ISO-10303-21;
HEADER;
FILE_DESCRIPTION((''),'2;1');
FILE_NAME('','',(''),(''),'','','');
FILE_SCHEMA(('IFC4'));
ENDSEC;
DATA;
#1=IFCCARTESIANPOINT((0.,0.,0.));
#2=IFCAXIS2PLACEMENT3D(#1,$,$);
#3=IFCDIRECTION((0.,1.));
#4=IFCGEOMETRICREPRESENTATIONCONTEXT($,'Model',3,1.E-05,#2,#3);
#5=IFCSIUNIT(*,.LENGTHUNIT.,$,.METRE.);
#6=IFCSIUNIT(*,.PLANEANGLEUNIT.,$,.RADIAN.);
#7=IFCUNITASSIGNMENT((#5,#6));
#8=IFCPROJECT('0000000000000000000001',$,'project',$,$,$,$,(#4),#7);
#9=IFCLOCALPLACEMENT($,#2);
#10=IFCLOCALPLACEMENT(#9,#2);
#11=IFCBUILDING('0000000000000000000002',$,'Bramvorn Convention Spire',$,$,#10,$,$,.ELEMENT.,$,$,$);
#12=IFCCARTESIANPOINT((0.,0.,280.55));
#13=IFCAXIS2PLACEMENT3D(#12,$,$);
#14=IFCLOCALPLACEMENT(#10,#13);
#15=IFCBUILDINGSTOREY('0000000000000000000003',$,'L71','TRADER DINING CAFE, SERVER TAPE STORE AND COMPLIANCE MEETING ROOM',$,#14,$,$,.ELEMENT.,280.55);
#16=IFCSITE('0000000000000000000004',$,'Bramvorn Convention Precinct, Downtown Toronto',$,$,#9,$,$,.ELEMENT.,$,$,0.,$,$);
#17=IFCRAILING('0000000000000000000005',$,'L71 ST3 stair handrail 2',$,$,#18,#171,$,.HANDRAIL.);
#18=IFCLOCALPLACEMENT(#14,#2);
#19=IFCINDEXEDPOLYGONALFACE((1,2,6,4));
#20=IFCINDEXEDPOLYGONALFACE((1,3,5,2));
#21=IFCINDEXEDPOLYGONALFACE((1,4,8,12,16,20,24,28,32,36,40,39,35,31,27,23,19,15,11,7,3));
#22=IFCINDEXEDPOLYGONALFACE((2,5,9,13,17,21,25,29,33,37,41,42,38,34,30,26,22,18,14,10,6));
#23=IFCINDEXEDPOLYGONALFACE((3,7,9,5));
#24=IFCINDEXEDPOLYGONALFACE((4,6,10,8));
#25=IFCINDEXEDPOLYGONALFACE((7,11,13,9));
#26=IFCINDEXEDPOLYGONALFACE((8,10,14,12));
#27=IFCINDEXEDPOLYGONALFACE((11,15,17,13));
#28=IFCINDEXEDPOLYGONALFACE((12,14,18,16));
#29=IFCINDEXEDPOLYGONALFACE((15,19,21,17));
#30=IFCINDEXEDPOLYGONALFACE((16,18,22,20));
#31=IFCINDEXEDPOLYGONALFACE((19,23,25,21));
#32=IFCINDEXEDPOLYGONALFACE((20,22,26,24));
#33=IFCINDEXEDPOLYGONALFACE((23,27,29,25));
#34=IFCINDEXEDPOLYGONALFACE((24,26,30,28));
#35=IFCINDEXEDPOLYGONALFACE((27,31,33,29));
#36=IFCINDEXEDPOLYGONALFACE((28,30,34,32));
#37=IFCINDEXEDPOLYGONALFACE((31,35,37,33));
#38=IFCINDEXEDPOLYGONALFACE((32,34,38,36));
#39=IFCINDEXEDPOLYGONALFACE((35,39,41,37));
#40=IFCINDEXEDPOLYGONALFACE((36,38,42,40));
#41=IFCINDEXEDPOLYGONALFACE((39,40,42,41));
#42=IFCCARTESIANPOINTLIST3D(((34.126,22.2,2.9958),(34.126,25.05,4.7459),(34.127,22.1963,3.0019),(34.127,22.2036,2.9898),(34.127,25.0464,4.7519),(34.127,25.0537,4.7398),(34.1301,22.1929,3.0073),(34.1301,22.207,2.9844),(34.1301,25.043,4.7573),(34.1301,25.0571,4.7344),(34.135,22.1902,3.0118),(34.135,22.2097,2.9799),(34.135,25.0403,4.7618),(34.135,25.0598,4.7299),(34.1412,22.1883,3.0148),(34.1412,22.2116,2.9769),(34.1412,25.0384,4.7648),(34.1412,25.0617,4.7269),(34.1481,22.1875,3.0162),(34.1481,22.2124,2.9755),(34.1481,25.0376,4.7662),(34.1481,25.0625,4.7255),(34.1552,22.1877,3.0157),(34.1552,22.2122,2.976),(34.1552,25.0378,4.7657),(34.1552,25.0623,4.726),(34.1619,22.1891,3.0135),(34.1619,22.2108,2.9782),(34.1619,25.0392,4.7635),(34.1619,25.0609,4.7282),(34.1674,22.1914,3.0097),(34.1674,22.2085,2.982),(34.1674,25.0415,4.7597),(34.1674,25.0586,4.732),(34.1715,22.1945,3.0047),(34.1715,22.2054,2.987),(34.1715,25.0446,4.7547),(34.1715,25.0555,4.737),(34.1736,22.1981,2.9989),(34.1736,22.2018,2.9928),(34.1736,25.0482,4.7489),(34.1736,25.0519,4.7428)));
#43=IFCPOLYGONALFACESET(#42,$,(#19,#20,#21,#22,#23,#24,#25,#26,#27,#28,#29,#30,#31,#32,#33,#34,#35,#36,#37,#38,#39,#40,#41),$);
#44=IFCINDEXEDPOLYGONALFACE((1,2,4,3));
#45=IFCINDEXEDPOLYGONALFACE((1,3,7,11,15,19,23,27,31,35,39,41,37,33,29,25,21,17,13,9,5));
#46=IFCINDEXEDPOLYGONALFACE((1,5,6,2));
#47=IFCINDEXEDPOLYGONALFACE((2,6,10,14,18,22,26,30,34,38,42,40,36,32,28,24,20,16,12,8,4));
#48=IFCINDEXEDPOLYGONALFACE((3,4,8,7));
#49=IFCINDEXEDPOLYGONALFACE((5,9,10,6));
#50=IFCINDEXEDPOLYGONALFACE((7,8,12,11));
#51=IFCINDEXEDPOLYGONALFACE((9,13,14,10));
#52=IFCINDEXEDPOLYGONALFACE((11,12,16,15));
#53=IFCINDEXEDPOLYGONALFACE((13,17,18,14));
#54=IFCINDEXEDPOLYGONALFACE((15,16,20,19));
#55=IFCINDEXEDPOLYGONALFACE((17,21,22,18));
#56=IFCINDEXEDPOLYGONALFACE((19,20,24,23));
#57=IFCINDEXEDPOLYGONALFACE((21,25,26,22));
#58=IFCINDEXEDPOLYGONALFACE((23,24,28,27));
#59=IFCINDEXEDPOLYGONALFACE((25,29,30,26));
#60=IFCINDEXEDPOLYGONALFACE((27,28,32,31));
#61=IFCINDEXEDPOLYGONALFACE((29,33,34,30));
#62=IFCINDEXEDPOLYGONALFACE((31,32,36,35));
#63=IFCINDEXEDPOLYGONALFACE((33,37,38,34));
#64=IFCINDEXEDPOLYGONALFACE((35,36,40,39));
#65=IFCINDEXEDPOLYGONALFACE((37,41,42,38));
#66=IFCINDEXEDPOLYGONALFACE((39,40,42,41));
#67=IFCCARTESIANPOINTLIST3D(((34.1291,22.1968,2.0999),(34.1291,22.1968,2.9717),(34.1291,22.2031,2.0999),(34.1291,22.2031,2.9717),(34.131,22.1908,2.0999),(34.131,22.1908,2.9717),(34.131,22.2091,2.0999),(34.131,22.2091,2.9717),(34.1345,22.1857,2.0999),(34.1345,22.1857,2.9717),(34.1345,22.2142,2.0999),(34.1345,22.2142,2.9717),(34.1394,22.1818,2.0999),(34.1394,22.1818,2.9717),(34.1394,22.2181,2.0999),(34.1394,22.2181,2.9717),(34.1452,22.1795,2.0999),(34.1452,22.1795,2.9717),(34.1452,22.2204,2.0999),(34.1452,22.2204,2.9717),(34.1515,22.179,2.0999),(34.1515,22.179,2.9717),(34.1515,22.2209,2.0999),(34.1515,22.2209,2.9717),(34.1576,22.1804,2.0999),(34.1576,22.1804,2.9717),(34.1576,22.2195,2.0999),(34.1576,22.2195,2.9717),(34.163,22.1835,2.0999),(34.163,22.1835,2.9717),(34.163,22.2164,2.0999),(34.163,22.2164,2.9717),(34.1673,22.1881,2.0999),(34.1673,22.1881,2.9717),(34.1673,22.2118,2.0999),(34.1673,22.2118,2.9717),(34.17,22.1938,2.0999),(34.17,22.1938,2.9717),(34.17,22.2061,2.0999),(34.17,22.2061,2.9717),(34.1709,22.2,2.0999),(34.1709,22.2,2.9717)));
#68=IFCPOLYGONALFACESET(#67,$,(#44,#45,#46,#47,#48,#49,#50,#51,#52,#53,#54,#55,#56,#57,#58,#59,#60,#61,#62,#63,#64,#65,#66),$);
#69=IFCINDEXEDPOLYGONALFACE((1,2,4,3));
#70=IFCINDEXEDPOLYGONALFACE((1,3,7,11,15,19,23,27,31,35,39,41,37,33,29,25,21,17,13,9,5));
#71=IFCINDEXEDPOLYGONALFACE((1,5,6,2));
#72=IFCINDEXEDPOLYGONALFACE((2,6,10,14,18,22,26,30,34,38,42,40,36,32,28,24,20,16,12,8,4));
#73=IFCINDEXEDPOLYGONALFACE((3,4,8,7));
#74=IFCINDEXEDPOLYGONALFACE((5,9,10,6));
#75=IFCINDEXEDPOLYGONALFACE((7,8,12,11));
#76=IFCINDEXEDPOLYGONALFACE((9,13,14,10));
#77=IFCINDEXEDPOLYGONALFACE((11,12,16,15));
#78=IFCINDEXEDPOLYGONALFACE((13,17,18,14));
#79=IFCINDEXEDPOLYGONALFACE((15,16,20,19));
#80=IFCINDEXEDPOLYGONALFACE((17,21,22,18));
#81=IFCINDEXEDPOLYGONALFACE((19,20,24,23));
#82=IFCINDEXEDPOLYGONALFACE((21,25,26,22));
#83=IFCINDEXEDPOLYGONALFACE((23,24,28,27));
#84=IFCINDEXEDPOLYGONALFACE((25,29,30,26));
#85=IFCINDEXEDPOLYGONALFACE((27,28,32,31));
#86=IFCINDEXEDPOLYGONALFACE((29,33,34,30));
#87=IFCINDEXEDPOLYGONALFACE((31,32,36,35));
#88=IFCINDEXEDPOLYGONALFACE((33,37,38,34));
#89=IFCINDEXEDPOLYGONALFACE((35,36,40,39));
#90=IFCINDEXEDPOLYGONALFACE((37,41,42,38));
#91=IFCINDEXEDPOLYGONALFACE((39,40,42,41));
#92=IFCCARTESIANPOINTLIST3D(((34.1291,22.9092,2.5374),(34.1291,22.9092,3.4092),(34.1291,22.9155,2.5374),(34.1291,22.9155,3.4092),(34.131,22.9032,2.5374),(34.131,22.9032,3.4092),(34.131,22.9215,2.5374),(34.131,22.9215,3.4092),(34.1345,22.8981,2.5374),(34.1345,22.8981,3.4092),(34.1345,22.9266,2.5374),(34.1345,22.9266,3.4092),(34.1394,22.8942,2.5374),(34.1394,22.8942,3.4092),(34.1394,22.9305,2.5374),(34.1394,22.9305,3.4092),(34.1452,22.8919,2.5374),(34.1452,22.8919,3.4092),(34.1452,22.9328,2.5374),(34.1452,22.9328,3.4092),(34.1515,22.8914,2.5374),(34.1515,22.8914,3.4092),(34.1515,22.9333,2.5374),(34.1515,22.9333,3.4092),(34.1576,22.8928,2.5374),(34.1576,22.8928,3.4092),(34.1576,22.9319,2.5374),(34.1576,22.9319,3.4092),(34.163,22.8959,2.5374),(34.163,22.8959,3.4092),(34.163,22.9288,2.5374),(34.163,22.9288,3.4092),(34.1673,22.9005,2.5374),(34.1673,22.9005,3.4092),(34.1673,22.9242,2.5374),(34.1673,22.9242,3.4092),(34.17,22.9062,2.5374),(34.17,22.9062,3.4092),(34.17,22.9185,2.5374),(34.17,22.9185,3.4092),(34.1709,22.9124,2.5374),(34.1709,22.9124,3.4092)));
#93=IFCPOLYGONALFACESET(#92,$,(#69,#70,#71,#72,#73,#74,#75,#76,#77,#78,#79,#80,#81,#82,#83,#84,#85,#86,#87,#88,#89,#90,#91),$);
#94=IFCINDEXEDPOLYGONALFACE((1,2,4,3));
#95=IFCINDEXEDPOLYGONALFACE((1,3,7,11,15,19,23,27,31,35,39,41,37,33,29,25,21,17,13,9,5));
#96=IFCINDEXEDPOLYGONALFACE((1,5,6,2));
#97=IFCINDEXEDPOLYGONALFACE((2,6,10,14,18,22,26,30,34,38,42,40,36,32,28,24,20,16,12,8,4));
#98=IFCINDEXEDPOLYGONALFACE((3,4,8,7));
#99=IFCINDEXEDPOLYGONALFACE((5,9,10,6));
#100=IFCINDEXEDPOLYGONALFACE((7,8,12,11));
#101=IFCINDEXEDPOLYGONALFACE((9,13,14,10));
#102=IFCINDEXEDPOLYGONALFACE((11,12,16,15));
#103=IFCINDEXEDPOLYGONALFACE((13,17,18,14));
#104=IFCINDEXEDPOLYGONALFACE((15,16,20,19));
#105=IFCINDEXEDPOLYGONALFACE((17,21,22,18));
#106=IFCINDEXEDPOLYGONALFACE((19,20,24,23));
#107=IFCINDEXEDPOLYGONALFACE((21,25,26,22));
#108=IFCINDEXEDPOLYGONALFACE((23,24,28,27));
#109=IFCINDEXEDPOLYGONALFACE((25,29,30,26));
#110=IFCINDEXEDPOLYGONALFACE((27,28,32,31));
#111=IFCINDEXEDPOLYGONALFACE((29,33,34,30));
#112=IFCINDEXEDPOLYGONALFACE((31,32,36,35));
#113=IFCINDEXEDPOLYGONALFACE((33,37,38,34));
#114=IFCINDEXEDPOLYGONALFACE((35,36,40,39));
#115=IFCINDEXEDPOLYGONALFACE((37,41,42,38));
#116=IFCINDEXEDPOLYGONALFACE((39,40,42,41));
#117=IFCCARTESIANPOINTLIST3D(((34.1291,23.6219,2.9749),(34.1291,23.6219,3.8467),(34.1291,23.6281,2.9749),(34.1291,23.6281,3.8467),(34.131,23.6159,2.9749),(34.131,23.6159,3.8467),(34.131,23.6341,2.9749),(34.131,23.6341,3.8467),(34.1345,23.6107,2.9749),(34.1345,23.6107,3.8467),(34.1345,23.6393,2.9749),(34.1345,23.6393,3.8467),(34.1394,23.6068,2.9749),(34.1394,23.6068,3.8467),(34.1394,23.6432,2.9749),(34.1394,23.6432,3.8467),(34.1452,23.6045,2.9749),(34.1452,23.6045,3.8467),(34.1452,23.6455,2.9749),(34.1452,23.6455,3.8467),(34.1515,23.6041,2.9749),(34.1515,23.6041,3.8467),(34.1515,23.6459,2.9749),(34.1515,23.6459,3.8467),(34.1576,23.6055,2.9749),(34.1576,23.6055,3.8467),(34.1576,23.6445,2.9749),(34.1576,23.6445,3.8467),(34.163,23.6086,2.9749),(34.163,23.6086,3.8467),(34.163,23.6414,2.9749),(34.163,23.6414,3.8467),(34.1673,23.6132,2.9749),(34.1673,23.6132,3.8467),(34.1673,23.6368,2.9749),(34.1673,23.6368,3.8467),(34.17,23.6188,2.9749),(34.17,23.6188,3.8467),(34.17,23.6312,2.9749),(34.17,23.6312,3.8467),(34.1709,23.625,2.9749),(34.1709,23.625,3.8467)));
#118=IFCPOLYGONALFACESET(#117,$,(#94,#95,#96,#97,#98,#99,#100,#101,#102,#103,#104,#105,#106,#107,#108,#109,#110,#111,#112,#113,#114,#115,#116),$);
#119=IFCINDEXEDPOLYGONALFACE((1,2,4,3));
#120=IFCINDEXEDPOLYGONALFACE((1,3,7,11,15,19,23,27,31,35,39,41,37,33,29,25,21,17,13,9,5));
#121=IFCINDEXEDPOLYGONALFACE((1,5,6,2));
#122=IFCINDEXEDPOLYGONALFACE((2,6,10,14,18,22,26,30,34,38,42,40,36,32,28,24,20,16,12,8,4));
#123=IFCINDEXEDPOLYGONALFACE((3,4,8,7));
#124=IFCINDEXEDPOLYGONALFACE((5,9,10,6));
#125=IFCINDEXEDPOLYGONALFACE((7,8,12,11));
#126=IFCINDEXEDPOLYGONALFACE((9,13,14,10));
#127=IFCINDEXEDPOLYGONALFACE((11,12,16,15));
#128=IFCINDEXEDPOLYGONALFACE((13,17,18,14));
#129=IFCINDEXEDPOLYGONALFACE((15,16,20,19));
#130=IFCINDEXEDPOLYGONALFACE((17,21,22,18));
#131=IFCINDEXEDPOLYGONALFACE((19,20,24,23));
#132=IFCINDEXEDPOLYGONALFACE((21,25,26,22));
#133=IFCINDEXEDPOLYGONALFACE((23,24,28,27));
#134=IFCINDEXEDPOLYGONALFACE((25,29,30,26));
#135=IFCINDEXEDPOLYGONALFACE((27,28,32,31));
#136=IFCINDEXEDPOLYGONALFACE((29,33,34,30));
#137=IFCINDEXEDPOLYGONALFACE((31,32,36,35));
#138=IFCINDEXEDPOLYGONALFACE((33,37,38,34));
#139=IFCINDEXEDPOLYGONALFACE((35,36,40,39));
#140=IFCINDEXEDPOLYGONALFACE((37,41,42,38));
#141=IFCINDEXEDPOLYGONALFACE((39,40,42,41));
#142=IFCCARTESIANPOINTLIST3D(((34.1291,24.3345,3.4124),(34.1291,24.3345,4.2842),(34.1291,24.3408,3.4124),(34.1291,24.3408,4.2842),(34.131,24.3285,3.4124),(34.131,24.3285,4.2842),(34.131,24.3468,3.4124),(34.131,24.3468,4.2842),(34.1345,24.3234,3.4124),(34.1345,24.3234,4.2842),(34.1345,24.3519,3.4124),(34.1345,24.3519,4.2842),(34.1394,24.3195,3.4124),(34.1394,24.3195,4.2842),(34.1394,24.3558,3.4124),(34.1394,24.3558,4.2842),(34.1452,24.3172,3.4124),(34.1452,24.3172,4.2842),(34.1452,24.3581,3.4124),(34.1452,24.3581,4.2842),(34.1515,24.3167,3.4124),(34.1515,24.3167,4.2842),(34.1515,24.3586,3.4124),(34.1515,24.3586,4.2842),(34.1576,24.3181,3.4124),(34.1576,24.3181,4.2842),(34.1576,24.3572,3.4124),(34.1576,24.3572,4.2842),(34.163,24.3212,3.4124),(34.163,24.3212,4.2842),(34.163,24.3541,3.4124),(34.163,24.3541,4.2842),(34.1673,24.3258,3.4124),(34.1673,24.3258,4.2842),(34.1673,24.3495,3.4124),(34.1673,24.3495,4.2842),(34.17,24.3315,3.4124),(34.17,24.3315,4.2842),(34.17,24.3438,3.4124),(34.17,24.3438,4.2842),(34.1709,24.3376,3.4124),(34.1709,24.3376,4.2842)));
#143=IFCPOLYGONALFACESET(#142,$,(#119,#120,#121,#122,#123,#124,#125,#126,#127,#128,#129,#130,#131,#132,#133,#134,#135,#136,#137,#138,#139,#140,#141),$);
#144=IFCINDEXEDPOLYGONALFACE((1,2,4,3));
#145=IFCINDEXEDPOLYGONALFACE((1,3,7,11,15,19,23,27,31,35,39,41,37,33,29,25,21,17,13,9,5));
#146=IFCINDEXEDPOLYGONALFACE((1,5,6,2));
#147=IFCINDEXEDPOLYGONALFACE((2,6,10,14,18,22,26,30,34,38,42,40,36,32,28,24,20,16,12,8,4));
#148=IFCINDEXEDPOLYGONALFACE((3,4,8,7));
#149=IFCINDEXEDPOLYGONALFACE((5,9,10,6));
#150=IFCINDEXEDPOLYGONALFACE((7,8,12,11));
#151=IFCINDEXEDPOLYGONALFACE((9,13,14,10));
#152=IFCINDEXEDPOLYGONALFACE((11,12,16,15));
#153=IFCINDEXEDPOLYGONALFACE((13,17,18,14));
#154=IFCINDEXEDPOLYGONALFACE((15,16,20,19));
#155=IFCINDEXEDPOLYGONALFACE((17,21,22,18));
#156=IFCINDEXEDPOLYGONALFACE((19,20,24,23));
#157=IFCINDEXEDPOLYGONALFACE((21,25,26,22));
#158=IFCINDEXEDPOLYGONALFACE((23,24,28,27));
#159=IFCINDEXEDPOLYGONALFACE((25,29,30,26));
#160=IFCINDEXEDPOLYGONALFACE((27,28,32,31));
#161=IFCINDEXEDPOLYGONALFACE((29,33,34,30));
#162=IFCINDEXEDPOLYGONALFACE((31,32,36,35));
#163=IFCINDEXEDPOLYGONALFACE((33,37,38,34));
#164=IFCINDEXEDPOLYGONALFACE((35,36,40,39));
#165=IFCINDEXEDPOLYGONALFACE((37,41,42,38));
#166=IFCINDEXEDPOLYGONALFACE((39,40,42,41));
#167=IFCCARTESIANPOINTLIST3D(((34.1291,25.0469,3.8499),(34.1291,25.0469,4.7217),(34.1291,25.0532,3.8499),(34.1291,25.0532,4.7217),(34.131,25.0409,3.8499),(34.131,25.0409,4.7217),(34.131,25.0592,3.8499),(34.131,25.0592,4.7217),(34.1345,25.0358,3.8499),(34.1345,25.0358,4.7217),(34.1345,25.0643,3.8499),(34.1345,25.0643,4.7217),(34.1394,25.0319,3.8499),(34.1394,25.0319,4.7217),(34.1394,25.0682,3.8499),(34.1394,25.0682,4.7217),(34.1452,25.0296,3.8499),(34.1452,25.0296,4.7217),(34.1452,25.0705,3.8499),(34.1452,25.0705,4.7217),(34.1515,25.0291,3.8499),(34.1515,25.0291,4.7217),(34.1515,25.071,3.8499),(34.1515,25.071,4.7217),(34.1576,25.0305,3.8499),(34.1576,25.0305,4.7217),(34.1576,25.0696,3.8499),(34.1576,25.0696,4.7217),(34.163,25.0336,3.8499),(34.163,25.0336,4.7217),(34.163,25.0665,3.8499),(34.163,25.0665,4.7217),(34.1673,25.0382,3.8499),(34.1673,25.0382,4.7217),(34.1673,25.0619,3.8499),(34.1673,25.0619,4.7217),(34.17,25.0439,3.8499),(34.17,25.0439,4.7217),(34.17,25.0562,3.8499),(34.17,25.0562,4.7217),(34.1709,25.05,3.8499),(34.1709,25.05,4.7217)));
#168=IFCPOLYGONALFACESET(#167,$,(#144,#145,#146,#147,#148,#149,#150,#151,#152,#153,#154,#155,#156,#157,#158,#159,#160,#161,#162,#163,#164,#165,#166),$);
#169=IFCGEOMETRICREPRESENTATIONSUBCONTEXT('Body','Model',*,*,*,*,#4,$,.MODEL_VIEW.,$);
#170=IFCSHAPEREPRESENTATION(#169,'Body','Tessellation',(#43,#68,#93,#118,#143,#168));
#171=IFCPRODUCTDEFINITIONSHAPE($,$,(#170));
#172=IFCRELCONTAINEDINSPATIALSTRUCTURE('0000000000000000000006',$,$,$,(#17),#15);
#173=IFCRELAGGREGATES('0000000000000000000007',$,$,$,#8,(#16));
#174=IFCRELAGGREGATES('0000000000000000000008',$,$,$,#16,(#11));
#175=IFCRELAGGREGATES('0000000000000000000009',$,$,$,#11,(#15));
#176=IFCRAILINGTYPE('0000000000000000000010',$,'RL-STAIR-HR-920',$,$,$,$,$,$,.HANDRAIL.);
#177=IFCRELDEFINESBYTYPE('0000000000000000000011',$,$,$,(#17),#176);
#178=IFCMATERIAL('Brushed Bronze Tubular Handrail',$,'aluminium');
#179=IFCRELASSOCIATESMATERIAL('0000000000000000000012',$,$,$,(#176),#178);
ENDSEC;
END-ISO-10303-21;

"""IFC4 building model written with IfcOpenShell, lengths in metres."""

from ifc_helpers import new_model, si_unit, direction, frame, origin, origin_2d, place, context, subcontext, project, spatial, circle, extrude, material, type_object, element, save


model = new_model("IFC4")

# Units and contexts
model_context = context("Model", 3, precision=1e-05, world=origin(), true_north=direction((0.0, 1.0)))
body_context = subcontext(model_context, "Body", "Model", "MODEL_VIEW")
ifc_project = project(units=[si_unit("LENGTHUNIT", "METRE"), si_unit("PLANEANGLEUNIT", "RADIAN")], contexts=[model_context])

# Site, building, storey
site_placement = place(None, origin())
site = spatial("IfcSite", under=ifc_project, at=site_placement, Name="Bramvorn Convention Precinct, Downtown Toronto", CompositionType="ELEMENT", RefElevation=0.0)
building_placement = place(site_placement, origin())
building = spatial("IfcBuilding", under=site, at=building_placement, Name="Bramvorn Convention Spire", CompositionType="ELEMENT")
storey_placement = place(building_placement, frame((0.0, 0.0, 280.55)))
storey = spatial("IfcBuildingStorey", under=building, at=storey_placement, Name="L71", Description="TRADER DINING CAFE, SERVER TAPE STORE AND COMPLIANCE MEETING ROOM", CompositionType="ELEMENT", Elevation=280.55)

# Railing
ifc_material_1 = material(Name="Brushed Bronze Tubular Handrail", Category="aluminium")
railing_type_1 = type_object("IfcRailingType", Name="RL-STAIR-HR-920", PredefinedType="HANDRAIL", material=ifc_material_1)
for number, where, name in (
    (1, (34.1499, 22.2, 2.0999), "L71 ST3 stair handrail 2"),
):
    element("IfcRailing", number, at=place(storey_placement, frame(where)), inside=storey, type_object=railing_type_1, Name=name, PredefinedType="HANDRAIL", context=body_context, shape_type="SweptSolid", body=[
        extrude(circle(Radius=0.0239, at=origin_2d()), frame((0.0, 0.0, 0.896), z_axis=(0.0, 0.852179, 0.52325), x_axis=(-1.0, 0.0, 0.0)), (0.0, 0.0, 1.0), 3.3445),
        extrude(circle(Radius=0.021, at=origin_2d()), origin(), (0.0, 0.0, 1.0), 0.8718),
        extrude(circle(Radius=0.021, at=origin_2d()), frame((0.0, 0.7124, 0.4375)), (0.0, 0.0, 1.0), 0.8718),
        extrude(circle(Radius=0.021, at=origin_2d()), frame((0.0, 1.425, 0.875)), (0.0, 0.0, 1.0), 0.8718),
        extrude(circle(Radius=0.021, at=origin_2d()), frame((0.0, 2.1377, 1.3125)), (0.0, 0.0, 1.0), 0.8718),
        extrude(circle(Radius=0.021, at=origin_2d()), frame((0.0, 2.8501, 1.75)), (0.0, 0.0, 1.0), 0.8718),
    ])

save(model, "model.ifc")
